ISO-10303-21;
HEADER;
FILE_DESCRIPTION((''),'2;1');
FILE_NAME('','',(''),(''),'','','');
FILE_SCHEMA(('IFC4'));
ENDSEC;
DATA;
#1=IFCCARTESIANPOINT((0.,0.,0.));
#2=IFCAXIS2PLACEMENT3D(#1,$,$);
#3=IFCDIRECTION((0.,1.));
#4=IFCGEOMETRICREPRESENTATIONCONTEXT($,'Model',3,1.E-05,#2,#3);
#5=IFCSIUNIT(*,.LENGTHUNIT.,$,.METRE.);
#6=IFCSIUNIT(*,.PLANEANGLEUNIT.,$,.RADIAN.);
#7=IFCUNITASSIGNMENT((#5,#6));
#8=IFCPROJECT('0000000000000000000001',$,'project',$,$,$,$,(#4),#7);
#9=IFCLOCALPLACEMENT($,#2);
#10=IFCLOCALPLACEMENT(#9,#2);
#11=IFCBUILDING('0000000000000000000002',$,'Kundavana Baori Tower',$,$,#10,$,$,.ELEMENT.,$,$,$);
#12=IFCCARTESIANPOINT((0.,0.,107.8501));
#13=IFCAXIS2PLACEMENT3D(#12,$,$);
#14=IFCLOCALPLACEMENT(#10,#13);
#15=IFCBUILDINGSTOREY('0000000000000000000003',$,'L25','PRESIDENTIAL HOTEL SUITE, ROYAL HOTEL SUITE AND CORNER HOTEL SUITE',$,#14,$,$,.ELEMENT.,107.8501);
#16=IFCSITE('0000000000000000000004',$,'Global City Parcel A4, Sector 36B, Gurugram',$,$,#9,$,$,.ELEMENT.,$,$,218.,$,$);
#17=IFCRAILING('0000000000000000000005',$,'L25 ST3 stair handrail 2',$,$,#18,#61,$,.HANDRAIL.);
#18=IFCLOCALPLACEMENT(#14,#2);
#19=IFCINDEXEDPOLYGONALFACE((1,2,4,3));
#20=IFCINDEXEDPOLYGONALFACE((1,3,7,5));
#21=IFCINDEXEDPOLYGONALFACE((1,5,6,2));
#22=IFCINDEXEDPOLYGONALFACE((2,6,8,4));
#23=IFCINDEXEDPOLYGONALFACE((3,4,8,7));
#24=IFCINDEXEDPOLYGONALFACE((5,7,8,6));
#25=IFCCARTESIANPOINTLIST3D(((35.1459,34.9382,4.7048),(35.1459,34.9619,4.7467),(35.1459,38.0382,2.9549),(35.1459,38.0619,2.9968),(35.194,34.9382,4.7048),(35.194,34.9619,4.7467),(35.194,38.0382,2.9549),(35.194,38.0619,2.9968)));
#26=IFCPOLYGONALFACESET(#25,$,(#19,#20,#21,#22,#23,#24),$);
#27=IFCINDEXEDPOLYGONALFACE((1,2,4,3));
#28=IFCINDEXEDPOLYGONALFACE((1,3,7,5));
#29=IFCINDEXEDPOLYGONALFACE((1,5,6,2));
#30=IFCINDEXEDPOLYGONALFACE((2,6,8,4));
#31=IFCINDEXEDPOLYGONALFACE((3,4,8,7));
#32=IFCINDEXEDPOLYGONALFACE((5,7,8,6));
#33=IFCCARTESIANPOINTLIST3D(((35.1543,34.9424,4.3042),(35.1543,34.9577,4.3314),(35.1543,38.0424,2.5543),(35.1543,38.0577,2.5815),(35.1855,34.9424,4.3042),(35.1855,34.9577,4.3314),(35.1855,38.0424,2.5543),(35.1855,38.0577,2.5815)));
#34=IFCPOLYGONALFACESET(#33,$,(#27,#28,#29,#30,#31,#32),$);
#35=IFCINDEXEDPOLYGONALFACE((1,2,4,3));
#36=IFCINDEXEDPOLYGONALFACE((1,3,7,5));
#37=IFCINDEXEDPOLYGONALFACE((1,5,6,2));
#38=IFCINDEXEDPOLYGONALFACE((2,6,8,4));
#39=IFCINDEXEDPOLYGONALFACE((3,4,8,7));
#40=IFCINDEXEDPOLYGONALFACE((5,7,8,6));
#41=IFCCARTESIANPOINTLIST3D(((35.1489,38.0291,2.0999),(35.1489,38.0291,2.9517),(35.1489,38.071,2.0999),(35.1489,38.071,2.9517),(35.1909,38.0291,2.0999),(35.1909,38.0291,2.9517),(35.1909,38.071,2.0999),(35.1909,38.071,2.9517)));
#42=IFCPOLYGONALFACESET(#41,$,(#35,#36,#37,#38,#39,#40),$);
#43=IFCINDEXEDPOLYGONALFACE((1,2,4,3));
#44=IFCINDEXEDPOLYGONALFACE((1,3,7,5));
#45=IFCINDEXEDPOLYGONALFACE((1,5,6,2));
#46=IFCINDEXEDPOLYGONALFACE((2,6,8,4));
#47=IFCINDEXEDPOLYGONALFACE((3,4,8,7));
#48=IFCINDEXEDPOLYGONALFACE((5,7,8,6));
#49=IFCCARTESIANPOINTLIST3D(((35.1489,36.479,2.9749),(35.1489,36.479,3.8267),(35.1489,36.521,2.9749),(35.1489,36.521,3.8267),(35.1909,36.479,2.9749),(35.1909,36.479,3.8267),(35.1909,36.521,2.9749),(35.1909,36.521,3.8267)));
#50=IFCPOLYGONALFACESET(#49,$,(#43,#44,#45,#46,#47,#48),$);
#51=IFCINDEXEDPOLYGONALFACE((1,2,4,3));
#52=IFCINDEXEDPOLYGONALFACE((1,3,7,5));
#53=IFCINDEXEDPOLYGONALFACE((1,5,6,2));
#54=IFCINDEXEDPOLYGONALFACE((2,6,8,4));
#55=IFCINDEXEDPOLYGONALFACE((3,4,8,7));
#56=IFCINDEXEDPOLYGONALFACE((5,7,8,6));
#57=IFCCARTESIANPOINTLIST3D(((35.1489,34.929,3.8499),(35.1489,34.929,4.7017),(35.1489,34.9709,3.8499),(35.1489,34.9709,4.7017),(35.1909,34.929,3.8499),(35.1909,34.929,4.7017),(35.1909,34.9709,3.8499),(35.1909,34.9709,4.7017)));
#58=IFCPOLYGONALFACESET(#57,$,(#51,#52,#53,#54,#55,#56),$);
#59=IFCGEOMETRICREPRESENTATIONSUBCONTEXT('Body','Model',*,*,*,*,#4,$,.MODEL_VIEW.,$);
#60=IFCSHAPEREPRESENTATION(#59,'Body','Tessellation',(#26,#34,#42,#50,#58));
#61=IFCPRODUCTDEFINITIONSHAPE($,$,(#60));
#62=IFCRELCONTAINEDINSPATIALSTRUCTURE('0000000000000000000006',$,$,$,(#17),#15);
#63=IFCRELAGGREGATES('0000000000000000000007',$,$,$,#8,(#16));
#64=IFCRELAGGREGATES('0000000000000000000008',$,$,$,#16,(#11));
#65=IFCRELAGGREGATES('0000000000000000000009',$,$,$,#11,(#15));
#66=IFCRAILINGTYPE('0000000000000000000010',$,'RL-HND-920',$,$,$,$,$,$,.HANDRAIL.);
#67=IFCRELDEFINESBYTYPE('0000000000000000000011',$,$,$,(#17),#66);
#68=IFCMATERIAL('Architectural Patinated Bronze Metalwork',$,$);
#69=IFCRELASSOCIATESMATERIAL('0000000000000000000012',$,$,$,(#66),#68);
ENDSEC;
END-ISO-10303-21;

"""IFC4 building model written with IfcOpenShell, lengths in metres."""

from ifc_helpers import new_model, si_unit, direction, frame, origin, origin_2d, place, context, subcontext, project, spatial, rectangle, extrude, material, type_object, element, save


model = new_model("IFC4")

# Units and contexts
model_context = context("Model", 3, precision=1e-05, world=origin(), true_north=direction((0.0, 1.0)))
body_context = subcontext(model_context, "Body", "Model", "MODEL_VIEW")
ifc_project = project(units=[si_unit("LENGTHUNIT", "METRE"), si_unit("PLANEANGLEUNIT", "RADIAN")], contexts=[model_context])

# Site, building, storey
site_placement = place(None, origin())
site = spatial("IfcSite", under=ifc_project, at=site_placement, Name="Global City Parcel A4, Sector 36B, Gurugram", CompositionType="ELEMENT", RefElevation=218.0)
building_placement = place(site_placement, origin())
building = spatial("IfcBuilding", under=site, at=building_placement, Name="Kundavana Baori Tower", CompositionType="ELEMENT")
storey_placement = place(building_placement, frame((0.0, 0.0, 107.8501)))
storey = spatial("IfcBuildingStorey", under=building, at=storey_placement, Name="L25", Description="PRESIDENTIAL HOTEL SUITE, ROYAL HOTEL SUITE AND CORNER HOTEL SUITE", CompositionType="ELEMENT", Elevation=107.8501)

# Railing
ifc_material_1 = material(Name="Architectural Patinated Bronze Metalwork")
railing_type_1 = type_object("IfcRailingType", Name="RL-HND-920", PredefinedType="HANDRAIL", material=ifc_material_1)
railing_1_placement = place(storey_placement, frame((35.1699, 38.05, 2.0999)))
element("IfcRailing", 1, at=railing_1_placement, inside=storey, type_object=railing_type_1, Name="L25 ST3 stair handrail 2", PredefinedType="HANDRAIL", context=body_context, shape_type="SweptSolid", body=[
    extrude(rectangle(XDim=0.0481, YDim=0.0481, at=origin_2d()), frame((0.0, 0.0, 0.876), z_axis=(0.0, -0.870831, 0.491583), x_axis=(1.0, 0.0, 0.0)), (0.0, 0.0, 1.0), 3.5598),
    extrude(rectangle(XDim=0.0312, YDim=0.0312, at=origin_2d()), frame((0.0, 0.0, 0.468), z_axis=(0.0, -0.870831, 0.491583), x_axis=(1.0, 0.0, 0.0)), (0.0, 0.0, 1.0), 3.5598),
    extrude(rectangle(XDim=0.042, YDim=0.042, at=origin_2d()), origin(), (0.0, 0.0, 1.0), 0.8518),
    extrude(rectangle(XDim=0.042, YDim=0.042, at=origin_2d()), frame((0.0, -1.55, 0.875)), (0.0, 0.0, 1.0), 0.8518),
    extrude(rectangle(XDim=0.042, YDim=0.042, at=origin_2d()), frame((0.0, -3.1001, 1.75)), (0.0, 0.0, 1.0), 0.8518),
])

save(model, "model.ifc")
